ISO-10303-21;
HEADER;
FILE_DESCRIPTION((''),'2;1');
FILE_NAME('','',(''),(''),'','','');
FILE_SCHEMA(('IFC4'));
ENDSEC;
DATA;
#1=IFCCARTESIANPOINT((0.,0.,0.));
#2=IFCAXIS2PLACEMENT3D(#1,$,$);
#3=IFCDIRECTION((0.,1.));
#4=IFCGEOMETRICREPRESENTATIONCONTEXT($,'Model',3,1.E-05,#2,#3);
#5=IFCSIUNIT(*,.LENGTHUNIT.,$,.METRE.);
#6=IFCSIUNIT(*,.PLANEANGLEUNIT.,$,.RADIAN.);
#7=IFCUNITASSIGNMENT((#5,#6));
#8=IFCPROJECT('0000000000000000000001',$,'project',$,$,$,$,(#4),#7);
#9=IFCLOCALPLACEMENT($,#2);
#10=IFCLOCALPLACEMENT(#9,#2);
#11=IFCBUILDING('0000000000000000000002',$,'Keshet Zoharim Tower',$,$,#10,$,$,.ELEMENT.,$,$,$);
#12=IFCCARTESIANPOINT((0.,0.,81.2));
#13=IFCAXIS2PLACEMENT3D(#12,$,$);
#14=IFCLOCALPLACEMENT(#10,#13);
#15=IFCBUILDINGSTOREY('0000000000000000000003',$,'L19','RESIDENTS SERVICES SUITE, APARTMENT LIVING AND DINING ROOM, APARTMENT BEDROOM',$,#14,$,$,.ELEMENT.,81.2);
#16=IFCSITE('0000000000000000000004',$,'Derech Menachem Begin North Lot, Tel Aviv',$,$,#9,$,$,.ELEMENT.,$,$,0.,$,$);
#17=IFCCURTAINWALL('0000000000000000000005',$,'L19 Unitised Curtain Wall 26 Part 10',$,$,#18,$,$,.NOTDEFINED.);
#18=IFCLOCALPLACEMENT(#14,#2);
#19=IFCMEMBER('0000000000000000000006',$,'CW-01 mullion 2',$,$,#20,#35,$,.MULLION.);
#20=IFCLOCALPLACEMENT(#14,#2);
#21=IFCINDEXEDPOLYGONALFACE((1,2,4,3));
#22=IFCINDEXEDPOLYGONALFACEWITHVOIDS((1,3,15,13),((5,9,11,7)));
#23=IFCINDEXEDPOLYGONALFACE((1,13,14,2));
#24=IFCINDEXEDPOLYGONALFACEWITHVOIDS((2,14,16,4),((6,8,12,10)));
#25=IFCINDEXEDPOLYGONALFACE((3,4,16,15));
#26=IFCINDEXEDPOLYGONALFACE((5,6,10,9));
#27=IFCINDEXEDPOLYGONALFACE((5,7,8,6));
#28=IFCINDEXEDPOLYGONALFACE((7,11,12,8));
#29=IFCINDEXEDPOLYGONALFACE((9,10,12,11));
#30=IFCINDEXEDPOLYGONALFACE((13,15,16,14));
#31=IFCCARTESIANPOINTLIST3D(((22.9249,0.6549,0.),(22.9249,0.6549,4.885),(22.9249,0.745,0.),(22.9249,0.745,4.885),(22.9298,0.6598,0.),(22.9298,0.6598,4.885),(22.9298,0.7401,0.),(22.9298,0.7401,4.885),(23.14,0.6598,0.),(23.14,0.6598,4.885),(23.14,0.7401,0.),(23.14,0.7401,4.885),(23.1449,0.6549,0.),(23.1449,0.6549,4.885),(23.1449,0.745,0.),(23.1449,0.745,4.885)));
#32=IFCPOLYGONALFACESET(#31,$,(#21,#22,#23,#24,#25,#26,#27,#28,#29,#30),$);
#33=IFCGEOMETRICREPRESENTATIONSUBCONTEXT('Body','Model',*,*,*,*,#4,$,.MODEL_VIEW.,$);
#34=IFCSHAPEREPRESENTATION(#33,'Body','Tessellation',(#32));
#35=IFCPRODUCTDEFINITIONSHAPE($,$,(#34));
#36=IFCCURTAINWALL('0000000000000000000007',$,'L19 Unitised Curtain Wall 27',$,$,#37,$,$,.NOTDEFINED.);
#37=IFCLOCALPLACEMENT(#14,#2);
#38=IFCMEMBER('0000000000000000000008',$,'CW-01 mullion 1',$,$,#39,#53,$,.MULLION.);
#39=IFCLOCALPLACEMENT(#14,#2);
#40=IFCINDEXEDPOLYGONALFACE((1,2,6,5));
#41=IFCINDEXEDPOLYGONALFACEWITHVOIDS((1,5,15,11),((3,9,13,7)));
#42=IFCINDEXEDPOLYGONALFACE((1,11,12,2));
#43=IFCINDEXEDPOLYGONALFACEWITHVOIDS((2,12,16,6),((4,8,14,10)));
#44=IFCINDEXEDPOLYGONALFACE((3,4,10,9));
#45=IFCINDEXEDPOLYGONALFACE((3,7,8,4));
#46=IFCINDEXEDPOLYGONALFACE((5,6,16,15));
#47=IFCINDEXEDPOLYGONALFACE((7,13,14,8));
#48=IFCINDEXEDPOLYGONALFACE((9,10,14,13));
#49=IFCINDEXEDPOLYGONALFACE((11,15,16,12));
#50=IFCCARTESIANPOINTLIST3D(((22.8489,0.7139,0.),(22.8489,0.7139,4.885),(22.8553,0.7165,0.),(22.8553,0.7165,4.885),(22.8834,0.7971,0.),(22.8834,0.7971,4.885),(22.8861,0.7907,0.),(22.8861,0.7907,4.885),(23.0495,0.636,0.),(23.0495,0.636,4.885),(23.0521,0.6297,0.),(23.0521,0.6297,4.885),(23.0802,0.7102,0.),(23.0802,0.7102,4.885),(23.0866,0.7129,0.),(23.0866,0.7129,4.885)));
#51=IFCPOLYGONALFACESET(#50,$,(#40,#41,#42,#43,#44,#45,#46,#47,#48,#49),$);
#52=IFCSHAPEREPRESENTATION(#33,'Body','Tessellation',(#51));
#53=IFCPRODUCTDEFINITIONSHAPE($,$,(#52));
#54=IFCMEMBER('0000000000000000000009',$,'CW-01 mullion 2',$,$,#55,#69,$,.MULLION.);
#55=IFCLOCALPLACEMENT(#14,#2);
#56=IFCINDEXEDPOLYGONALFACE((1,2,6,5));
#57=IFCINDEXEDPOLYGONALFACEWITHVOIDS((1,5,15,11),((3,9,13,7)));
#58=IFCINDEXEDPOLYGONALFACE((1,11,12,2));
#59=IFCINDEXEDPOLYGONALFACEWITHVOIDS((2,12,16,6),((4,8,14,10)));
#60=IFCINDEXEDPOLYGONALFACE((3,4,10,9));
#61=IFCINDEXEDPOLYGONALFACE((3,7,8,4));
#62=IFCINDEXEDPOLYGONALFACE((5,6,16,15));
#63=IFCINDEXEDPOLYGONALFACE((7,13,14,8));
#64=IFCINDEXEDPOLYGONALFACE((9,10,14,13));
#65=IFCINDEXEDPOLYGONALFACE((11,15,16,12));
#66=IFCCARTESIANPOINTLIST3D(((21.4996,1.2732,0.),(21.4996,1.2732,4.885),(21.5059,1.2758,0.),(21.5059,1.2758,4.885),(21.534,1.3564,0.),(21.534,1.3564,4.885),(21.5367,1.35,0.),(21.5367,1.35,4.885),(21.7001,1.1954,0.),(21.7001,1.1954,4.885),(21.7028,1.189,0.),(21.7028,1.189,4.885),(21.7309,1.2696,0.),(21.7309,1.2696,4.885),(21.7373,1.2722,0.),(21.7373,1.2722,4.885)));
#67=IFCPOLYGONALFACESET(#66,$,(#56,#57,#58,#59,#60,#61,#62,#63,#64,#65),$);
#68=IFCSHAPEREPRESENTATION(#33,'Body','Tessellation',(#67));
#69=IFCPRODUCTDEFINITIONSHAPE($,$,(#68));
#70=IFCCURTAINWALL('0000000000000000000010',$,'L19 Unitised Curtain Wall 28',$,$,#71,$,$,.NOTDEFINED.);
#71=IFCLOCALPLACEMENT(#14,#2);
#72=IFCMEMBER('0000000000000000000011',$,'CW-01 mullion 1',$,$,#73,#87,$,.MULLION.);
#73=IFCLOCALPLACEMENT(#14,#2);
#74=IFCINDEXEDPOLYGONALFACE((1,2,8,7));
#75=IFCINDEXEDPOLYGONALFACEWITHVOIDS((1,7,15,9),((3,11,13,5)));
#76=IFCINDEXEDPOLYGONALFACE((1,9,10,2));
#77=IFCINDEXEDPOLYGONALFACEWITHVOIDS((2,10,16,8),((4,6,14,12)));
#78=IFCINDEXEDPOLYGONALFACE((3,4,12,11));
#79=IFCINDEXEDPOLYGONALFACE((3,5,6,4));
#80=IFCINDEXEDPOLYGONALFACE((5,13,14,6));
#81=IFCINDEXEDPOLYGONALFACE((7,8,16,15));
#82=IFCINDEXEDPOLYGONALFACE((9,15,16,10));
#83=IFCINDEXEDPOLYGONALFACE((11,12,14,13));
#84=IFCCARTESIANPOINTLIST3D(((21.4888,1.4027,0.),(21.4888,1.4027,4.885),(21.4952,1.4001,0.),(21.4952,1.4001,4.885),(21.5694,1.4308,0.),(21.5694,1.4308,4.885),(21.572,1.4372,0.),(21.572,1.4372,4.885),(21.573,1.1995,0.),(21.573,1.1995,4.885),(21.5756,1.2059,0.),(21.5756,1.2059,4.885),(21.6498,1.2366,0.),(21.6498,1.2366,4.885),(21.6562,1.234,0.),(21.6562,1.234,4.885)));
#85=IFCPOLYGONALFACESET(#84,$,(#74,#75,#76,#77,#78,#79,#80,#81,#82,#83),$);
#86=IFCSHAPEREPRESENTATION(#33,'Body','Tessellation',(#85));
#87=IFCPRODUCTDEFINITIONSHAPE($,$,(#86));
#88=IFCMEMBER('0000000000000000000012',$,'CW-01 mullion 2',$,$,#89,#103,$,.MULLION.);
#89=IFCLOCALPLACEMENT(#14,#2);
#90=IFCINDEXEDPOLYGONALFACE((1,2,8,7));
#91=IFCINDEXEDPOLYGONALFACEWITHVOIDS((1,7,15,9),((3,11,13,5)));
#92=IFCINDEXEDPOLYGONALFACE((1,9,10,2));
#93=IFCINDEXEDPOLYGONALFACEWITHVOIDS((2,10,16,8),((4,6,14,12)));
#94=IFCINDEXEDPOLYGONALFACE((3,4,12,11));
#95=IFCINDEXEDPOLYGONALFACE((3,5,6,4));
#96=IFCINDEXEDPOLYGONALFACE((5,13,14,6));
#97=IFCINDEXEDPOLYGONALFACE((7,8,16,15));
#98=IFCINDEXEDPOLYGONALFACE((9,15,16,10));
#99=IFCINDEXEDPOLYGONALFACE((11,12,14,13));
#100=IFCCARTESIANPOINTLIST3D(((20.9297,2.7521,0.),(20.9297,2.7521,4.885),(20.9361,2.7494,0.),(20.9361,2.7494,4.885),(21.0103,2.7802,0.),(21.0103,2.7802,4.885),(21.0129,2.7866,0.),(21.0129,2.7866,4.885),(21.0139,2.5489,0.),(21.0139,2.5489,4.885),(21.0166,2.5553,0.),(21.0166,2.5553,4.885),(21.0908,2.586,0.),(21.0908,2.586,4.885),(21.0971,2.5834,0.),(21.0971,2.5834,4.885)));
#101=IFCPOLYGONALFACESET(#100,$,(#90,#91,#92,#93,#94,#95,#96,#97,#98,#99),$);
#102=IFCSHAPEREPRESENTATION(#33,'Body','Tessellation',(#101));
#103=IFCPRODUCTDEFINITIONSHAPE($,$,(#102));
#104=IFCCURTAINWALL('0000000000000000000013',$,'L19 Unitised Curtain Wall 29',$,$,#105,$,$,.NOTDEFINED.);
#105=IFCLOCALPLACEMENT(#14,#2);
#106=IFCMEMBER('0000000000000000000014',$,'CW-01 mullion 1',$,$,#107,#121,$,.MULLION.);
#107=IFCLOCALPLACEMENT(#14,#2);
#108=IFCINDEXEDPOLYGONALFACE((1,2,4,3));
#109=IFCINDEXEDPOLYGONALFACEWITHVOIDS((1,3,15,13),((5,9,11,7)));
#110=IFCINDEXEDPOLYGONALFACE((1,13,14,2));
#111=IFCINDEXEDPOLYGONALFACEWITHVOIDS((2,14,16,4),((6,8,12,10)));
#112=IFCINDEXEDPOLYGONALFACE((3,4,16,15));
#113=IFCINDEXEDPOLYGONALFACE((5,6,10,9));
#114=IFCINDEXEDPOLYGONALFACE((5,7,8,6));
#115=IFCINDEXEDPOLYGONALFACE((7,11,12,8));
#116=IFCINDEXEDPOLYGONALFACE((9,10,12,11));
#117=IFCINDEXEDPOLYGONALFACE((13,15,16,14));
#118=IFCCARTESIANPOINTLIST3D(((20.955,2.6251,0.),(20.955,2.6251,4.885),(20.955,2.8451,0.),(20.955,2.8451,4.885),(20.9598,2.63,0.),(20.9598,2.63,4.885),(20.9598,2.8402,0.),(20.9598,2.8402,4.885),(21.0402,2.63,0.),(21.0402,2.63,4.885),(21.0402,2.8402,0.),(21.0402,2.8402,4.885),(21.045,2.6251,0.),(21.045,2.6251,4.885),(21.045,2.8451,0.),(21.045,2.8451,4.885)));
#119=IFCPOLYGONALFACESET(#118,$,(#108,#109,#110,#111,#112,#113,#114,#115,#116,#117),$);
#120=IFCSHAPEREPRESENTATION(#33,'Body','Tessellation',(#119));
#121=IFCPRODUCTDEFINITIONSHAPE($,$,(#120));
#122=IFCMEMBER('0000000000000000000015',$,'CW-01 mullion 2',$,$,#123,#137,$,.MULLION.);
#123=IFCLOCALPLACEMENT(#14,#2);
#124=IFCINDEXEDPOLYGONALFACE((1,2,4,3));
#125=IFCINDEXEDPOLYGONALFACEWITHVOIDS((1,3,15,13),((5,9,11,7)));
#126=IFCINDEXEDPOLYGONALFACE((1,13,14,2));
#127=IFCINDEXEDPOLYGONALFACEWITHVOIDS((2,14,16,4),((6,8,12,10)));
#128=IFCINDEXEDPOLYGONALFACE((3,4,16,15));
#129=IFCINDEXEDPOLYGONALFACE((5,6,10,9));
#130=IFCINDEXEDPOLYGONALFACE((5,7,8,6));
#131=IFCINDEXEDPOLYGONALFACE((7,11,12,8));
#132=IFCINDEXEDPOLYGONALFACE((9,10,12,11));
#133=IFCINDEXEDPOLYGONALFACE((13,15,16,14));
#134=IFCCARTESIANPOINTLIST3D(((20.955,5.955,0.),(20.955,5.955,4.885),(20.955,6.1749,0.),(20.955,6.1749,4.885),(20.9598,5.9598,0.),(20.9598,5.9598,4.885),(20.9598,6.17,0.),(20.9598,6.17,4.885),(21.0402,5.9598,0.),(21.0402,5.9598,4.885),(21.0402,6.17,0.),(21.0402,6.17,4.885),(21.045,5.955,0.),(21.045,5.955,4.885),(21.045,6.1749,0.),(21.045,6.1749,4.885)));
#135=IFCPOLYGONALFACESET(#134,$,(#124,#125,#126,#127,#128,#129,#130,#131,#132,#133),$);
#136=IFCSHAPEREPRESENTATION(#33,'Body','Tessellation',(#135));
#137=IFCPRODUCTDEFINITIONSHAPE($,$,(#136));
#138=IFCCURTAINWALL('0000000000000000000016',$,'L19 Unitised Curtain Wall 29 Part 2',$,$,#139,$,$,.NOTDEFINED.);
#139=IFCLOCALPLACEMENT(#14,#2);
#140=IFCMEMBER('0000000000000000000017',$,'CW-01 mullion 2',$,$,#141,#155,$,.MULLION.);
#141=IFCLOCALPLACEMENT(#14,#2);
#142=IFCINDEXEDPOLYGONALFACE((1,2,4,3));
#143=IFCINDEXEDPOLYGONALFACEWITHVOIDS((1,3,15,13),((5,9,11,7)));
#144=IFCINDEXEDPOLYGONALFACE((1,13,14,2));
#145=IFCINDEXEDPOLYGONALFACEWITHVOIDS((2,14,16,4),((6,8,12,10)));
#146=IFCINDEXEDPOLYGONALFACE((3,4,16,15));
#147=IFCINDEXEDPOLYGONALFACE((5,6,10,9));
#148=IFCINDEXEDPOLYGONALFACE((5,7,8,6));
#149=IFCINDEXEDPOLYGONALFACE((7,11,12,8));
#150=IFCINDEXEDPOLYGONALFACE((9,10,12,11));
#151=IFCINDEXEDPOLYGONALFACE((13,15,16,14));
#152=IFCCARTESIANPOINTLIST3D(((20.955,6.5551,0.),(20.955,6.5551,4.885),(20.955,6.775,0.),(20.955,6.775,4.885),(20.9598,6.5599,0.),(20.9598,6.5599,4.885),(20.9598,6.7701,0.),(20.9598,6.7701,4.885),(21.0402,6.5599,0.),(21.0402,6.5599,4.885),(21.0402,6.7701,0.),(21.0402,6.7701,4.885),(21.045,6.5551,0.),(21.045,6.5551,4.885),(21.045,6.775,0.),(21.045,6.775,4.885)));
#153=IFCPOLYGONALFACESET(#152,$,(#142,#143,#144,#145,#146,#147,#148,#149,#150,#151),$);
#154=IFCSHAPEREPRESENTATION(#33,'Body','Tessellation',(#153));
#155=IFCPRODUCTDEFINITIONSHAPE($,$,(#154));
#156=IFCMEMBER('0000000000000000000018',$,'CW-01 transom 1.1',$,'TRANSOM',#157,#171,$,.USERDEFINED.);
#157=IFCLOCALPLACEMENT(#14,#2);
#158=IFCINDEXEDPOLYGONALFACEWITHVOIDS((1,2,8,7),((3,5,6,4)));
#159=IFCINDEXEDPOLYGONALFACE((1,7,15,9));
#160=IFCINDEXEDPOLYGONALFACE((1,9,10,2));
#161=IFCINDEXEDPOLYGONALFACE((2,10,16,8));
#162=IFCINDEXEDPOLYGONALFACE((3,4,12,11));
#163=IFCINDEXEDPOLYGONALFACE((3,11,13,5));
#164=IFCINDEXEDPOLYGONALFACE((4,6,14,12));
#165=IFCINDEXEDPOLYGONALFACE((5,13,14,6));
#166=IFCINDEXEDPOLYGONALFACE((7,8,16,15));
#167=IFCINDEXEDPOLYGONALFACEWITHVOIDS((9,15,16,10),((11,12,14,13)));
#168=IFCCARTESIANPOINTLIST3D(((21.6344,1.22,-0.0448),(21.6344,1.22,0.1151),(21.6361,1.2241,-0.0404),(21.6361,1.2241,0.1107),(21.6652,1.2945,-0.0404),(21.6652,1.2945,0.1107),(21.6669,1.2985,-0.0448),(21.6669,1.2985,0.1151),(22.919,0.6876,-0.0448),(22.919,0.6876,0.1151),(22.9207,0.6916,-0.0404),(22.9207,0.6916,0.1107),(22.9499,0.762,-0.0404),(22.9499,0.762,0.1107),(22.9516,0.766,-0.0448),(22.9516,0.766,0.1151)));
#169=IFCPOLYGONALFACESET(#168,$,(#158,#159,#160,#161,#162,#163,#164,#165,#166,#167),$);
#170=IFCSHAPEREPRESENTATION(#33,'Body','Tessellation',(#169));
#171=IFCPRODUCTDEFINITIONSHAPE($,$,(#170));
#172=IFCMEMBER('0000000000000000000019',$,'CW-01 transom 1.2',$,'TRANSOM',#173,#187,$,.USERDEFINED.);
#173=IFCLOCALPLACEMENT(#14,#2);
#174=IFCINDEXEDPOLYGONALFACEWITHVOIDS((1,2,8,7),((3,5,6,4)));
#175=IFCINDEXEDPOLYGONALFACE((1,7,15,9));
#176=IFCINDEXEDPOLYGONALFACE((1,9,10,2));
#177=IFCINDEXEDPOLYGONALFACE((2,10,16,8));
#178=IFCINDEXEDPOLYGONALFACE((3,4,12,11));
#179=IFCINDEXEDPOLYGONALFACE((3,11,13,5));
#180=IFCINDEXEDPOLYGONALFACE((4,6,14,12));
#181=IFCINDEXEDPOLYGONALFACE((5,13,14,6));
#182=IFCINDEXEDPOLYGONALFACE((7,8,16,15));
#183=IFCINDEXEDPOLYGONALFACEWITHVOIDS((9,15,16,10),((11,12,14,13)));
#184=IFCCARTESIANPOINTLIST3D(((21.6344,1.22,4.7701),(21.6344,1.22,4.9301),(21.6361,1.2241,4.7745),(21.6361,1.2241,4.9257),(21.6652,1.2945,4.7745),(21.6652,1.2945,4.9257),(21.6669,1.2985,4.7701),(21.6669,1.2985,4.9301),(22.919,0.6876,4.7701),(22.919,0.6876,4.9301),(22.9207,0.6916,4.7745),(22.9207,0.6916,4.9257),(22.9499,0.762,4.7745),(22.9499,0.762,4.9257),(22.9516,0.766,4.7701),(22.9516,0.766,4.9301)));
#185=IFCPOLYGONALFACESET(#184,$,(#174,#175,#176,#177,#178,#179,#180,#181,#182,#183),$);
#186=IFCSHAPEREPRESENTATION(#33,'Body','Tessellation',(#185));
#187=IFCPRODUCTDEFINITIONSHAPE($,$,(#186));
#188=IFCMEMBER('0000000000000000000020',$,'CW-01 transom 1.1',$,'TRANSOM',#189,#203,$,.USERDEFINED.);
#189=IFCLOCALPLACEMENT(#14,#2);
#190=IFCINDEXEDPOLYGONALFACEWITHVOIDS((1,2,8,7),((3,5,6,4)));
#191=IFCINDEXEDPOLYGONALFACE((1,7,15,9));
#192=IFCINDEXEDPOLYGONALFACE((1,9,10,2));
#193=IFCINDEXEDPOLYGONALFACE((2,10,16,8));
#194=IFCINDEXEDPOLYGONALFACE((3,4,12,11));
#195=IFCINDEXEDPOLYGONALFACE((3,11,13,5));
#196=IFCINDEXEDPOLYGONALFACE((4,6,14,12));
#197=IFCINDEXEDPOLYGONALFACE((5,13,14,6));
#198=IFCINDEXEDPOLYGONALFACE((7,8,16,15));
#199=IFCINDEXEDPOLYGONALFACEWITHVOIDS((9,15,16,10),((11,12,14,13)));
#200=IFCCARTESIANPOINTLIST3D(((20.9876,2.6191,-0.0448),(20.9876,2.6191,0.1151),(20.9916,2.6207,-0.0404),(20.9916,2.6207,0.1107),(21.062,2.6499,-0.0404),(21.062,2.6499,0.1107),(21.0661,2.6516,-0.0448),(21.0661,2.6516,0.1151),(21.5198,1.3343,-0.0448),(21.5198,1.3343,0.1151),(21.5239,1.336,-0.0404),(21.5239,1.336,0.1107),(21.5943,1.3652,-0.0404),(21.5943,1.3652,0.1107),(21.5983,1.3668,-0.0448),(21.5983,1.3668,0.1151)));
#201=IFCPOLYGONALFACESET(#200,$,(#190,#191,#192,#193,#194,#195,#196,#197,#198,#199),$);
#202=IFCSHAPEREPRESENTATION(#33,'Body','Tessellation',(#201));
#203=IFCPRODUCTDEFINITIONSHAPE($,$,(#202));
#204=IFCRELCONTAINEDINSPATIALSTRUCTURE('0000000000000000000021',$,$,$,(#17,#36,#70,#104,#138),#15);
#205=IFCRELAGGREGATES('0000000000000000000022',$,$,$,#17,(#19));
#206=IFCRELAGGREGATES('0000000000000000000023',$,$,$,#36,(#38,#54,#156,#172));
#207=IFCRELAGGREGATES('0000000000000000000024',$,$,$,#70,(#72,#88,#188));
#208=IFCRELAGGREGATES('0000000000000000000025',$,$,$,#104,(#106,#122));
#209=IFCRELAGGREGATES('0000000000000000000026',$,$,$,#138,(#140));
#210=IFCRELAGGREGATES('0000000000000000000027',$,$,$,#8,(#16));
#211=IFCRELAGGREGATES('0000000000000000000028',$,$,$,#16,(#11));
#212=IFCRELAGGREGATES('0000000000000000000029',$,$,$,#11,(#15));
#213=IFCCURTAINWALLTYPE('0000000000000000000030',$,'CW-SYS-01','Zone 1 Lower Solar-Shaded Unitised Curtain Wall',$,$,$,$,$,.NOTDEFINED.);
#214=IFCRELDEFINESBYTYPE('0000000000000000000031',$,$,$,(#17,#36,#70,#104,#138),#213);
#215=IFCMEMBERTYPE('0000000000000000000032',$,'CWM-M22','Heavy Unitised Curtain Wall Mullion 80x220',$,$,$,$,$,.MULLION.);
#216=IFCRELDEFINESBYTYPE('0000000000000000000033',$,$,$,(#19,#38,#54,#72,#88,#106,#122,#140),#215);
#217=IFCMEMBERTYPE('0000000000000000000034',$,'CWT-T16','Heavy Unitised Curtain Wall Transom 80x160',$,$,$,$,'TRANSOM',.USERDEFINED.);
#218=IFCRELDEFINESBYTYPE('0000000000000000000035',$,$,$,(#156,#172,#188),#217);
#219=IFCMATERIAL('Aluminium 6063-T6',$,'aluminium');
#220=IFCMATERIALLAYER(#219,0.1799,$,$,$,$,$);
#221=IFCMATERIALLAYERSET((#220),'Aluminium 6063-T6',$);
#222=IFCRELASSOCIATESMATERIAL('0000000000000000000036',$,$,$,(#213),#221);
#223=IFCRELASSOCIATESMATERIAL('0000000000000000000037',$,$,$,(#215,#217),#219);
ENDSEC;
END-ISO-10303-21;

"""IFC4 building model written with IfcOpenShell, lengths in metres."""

from ifc_helpers import new_model, si_unit, direction, frame, origin, origin_2d, place, context, subcontext, project, spatial, hollow_rectangle, extrude, material, layer, layer_set, material_profile, profile_set, type_object, element, aggregate, save


model = new_model("IFC4")

# Units and contexts
model_context = context("Model", 3, precision=1e-05, world=origin(), true_north=direction((0.0, 1.0)))
body_context = subcontext(model_context, "Body", "Model", "MODEL_VIEW")
ifc_project = project(units=[si_unit("LENGTHUNIT", "METRE"), si_unit("PLANEANGLEUNIT", "RADIAN")], contexts=[model_context])

# Site, building, storey
site_placement = place(None, origin())
site = spatial("IfcSite", under=ifc_project, at=site_placement, Name="Derech Menachem Begin North Lot, Tel Aviv", CompositionType="ELEMENT", RefElevation=0.0)
building_placement = place(site_placement, origin())
building = spatial("IfcBuilding", under=site, at=building_placement, Name="Keshet Zoharim Tower", CompositionType="ELEMENT")
storey_placement = place(building_placement, frame((0.0, 0.0, 81.2)))
storey = spatial("IfcBuildingStorey", under=building, at=storey_placement, Name="L19", Description="RESIDENTS SERVICES SUITE, APARTMENT LIVING AND DINING ROOM, APARTMENT BEDROOM", CompositionType="ELEMENT", Elevation=81.2)

# Curtain wall, member
ifc_material_1 = material(Name="Aluminium 6063-T6", Category="aluminium")
ifc_layer_1 = layer(ifc_material_1, 0.1799)
ifc_layer_set_1 = layer_set([ifc_layer_1], Name="Aluminium 6063-T6")
curtain_wall_type = type_object("IfcCurtainWallType", Name="CW-SYS-01", Description="Zone 1 Lower Solar-Shaded Unitised Curtain Wall", PredefinedType="NOTDEFINED", material=ifc_layer_set_1)
curtain_wall_1_placement = place(storey_placement, origin())
curtain_wall_1 = element("IfcCurtainWall", 1, at=curtain_wall_1_placement, inside=storey, type_object=curtain_wall_type, Name="L19 Unitised Curtain Wall 26 Part 10", PredefinedType="NOTDEFINED")
ifc_material_profile_1 = material_profile(ifc_material_1, hollow_rectangle(XDim=0.0901, YDim=0.22, WallThickness=0.0049, at=origin_2d()), Name="MUL-90x220")
ifc_profile_set_1 = profile_set([ifc_material_profile_1], Name="Aluminium 6063-T6")
member_type_1 = type_object("IfcMemberType", Name="CWM-M22", Description="Heavy Unitised Curtain Wall Mullion 80x220", PredefinedType="MULLION", material=ifc_profile_set_1)
member_1_placement = place(storey_placement, frame((23.0349, 0.7, 0.0), z_axis=(0.0, 0.0, 1.0), x_axis=(0.0, -1.0, 0.0)))
member_1 = element("IfcMember", 2, at=member_1_placement, type_object=member_type_1, Name="CW-01 mullion 2", PredefinedType="MULLION", context=body_context, shape_type="SweptSolid", body=[
    extrude(hollow_rectangle(XDim=0.0901, YDim=0.22, WallThickness=0.0049, at=origin_2d()), origin(), (0.0, 0.0, 1.0), 4.885),
])

# Curtain walls, members
curtain_wall_2_placement = place(storey_placement, origin())
curtain_wall_2 = element("IfcCurtainWall", 3, at=curtain_wall_2_placement, inside=storey, type_object=curtain_wall_type, Name="L19 Unitised Curtain Wall 27", PredefinedType="NOTDEFINED")
member_2_placement = place(storey_placement, frame((22.9678, 0.7134, 0.0), z_axis=(0.0, 0.0, 1.0), x_axis=(-0.382852, -0.92381, 0.0)))
member_2 = element("IfcMember", 4, at=member_2_placement, type_object=member_type_1, Name="CW-01 mullion 1", PredefinedType="MULLION", context=body_context, shape_type="SweptSolid", body=[
    extrude(hollow_rectangle(XDim=0.0901, YDim=0.22, WallThickness=0.0049, at=origin_2d()), origin(), (0.0, 0.0, 1.0), 4.885),
])
member_3_placement = place(storey_placement, frame((21.6184, 1.2727, 0.0), z_axis=(0.0, 0.0, 1.0), x_axis=(-0.382852, -0.92381, 0.0)))
member_3 = element("IfcMember", 5, at=member_3_placement, type_object=member_type_1, Name="CW-01 mullion 2", PredefinedType="MULLION", context=body_context, shape_type="SweptSolid", body=[
    extrude(hollow_rectangle(XDim=0.0901, YDim=0.22, WallThickness=0.0049, at=origin_2d()), origin(), (0.0, 0.0, 1.0), 4.885),
])
curtain_wall_3_placement = place(storey_placement, origin())
curtain_wall_3 = element("IfcCurtainWall", 6, at=curtain_wall_3_placement, inside=storey, type_object=curtain_wall_type, Name="L19 Unitised Curtain Wall 28", PredefinedType="NOTDEFINED")
member_4_placement = place(storey_placement, frame((21.5725, 1.3184, 0.0), z_axis=(0.0, 0.0, 1.0), x_axis=(-0.92381, -0.382852, 0.0)))
member_4 = element("IfcMember", 7, at=member_4_placement, type_object=member_type_1, Name="CW-01 mullion 1", PredefinedType="MULLION", context=body_context, shape_type="SweptSolid", body=[
    extrude(hollow_rectangle(XDim=0.0901, YDim=0.22, WallThickness=0.0049, at=origin_2d()), origin(), (0.0, 0.0, 1.0), 4.885),
])
member_5_placement = place(storey_placement, frame((21.0134, 2.6677, 0.0), z_axis=(0.0, 0.0, 1.0), x_axis=(-0.92381, -0.382852, 0.0)))
member_5 = element("IfcMember", 8, at=member_5_placement, type_object=member_type_1, Name="CW-01 mullion 2", PredefinedType="MULLION", context=body_context, shape_type="SweptSolid", body=[
    extrude(hollow_rectangle(XDim=0.0901, YDim=0.22, WallThickness=0.0049, at=origin_2d()), origin(), (0.0, 0.0, 1.0), 4.885),
])
curtain_wall_4_placement = place(storey_placement, origin())
curtain_wall_4 = element("IfcCurtainWall", 9, at=curtain_wall_4_placement, inside=storey, type_object=curtain_wall_type, Name="L19 Unitised Curtain Wall 29", PredefinedType="NOTDEFINED")
member_6_placement = place(storey_placement, frame((21.0, 2.7351, 0.0), z_axis=(0.0, 0.0, 1.0), x_axis=(-1.0, 0.0, 0.0)))
member_6 = element("IfcMember", 10, at=member_6_placement, type_object=member_type_1, Name="CW-01 mullion 1", PredefinedType="MULLION", context=body_context, shape_type="SweptSolid", body=[
    extrude(hollow_rectangle(XDim=0.0901, YDim=0.22, WallThickness=0.0049, at=origin_2d()), origin(), (0.0, 0.0, 1.0), 4.885),
])
member_7_placement = place(storey_placement, frame((21.0, 6.0649, 0.0), z_axis=(0.0, 0.0, 1.0), x_axis=(-1.0, 0.0, 0.0)))
member_7 = element("IfcMember", 11, at=member_7_placement, type_object=member_type_1, Name="CW-01 mullion 2", PredefinedType="MULLION", context=body_context, shape_type="SweptSolid", body=[
    extrude(hollow_rectangle(XDim=0.0901, YDim=0.22, WallThickness=0.0049, at=origin_2d()), origin(), (0.0, 0.0, 1.0), 4.885),
])

# Curtain wall, member
curtain_wall_5_placement = place(storey_placement, origin())
curtain_wall_5 = element("IfcCurtainWall", 12, at=curtain_wall_5_placement, inside=storey, type_object=curtain_wall_type, Name="L19 Unitised Curtain Wall 29 Part 2", PredefinedType="NOTDEFINED")
member_8_placement = place(storey_placement, frame((21.0, 6.665, 0.0), z_axis=(0.0, 0.0, 1.0), x_axis=(-1.0, 0.0, 0.0)))
member_8 = element("IfcMember", 13, at=member_8_placement, type_object=member_type_1, Name="CW-01 mullion 2", PredefinedType="MULLION", context=body_context, shape_type="SweptSolid", body=[
    extrude(hollow_rectangle(XDim=0.0901, YDim=0.22, WallThickness=0.0049, at=origin_2d()), origin(), (0.0, 0.0, 1.0), 4.885),
])

# Members
ifc_material_profile_2 = material_profile(ifc_material_1, hollow_rectangle(XDim=0.085, YDim=0.1599, WallThickness=0.0044, at=origin_2d()), Name="TRN-85x160")
ifc_profile_set_2 = profile_set([ifc_material_profile_2], Name="Aluminium 6063-T6")
member_type_2 = type_object("IfcMemberType", Name="CWT-T16", Description="Heavy Unitised Curtain Wall Transom 80x160", ElementType="TRANSOM", PredefinedType="USERDEFINED", material=ifc_profile_set_2)
member_9_placement = place(storey_placement, frame((22.9353, 0.7268, 0.0352), z_axis=(-0.923792, 0.382894, 0.0), x_axis=(-0.382894, -0.923792, 0.0)))
member_9 = element("IfcMember", 14, at=member_9_placement, type_object=member_type_2, Name="CW-01 transom 1.1", ObjectType="TRANSOM", PredefinedType="USERDEFINED", context=body_context, shape_type="SweptSolid", body=[
    extrude(hollow_rectangle(XDim=0.085, YDim=0.1599, WallThickness=0.0044, at=origin_2d()), origin(), (0.0, 0.0, 1.0), 1.3906),
])
member_10_placement = place(storey_placement, frame((22.9353, 0.7268, 4.8501), z_axis=(-0.923792, 0.382894, 0.0), x_axis=(-0.382894, -0.923792, 0.0)))
member_10 = element("IfcMember", 15, at=member_10_placement, type_object=member_type_2, Name="CW-01 transom 1.2", ObjectType="TRANSOM", PredefinedType="USERDEFINED", context=body_context, shape_type="SweptSolid", body=[
    extrude(hollow_rectangle(XDim=0.085, YDim=0.1599, WallThickness=0.0044, at=origin_2d()), origin(), (0.0, 0.0, 1.0), 1.3906),
])
member_11_placement = place(storey_placement, frame((21.5591, 1.3506, 0.0352), z_axis=(-0.382745, 0.923854, 0.0), x_axis=(-0.923854, -0.382745, 0.0)))
member_11 = element("IfcMember", 16, at=member_11_placement, type_object=member_type_2, Name="CW-01 transom 1.1", ObjectType="TRANSOM", PredefinedType="USERDEFINED", context=body_context, shape_type="SweptSolid", body=[
    extrude(hollow_rectangle(XDim=0.085, YDim=0.1599, WallThickness=0.0044, at=origin_2d()), origin(), (0.0, 0.0, 1.0), 1.3906),
])

aggregate(curtain_wall_1, [member_1])
aggregate(curtain_wall_2, [member_2, member_3, member_9, member_10])
aggregate(curtain_wall_3, [member_4, member_5, member_11])
aggregate(curtain_wall_4, [member_6, member_7])
aggregate(curtain_wall_5, [member_8])

save(model, "model.ifc")
